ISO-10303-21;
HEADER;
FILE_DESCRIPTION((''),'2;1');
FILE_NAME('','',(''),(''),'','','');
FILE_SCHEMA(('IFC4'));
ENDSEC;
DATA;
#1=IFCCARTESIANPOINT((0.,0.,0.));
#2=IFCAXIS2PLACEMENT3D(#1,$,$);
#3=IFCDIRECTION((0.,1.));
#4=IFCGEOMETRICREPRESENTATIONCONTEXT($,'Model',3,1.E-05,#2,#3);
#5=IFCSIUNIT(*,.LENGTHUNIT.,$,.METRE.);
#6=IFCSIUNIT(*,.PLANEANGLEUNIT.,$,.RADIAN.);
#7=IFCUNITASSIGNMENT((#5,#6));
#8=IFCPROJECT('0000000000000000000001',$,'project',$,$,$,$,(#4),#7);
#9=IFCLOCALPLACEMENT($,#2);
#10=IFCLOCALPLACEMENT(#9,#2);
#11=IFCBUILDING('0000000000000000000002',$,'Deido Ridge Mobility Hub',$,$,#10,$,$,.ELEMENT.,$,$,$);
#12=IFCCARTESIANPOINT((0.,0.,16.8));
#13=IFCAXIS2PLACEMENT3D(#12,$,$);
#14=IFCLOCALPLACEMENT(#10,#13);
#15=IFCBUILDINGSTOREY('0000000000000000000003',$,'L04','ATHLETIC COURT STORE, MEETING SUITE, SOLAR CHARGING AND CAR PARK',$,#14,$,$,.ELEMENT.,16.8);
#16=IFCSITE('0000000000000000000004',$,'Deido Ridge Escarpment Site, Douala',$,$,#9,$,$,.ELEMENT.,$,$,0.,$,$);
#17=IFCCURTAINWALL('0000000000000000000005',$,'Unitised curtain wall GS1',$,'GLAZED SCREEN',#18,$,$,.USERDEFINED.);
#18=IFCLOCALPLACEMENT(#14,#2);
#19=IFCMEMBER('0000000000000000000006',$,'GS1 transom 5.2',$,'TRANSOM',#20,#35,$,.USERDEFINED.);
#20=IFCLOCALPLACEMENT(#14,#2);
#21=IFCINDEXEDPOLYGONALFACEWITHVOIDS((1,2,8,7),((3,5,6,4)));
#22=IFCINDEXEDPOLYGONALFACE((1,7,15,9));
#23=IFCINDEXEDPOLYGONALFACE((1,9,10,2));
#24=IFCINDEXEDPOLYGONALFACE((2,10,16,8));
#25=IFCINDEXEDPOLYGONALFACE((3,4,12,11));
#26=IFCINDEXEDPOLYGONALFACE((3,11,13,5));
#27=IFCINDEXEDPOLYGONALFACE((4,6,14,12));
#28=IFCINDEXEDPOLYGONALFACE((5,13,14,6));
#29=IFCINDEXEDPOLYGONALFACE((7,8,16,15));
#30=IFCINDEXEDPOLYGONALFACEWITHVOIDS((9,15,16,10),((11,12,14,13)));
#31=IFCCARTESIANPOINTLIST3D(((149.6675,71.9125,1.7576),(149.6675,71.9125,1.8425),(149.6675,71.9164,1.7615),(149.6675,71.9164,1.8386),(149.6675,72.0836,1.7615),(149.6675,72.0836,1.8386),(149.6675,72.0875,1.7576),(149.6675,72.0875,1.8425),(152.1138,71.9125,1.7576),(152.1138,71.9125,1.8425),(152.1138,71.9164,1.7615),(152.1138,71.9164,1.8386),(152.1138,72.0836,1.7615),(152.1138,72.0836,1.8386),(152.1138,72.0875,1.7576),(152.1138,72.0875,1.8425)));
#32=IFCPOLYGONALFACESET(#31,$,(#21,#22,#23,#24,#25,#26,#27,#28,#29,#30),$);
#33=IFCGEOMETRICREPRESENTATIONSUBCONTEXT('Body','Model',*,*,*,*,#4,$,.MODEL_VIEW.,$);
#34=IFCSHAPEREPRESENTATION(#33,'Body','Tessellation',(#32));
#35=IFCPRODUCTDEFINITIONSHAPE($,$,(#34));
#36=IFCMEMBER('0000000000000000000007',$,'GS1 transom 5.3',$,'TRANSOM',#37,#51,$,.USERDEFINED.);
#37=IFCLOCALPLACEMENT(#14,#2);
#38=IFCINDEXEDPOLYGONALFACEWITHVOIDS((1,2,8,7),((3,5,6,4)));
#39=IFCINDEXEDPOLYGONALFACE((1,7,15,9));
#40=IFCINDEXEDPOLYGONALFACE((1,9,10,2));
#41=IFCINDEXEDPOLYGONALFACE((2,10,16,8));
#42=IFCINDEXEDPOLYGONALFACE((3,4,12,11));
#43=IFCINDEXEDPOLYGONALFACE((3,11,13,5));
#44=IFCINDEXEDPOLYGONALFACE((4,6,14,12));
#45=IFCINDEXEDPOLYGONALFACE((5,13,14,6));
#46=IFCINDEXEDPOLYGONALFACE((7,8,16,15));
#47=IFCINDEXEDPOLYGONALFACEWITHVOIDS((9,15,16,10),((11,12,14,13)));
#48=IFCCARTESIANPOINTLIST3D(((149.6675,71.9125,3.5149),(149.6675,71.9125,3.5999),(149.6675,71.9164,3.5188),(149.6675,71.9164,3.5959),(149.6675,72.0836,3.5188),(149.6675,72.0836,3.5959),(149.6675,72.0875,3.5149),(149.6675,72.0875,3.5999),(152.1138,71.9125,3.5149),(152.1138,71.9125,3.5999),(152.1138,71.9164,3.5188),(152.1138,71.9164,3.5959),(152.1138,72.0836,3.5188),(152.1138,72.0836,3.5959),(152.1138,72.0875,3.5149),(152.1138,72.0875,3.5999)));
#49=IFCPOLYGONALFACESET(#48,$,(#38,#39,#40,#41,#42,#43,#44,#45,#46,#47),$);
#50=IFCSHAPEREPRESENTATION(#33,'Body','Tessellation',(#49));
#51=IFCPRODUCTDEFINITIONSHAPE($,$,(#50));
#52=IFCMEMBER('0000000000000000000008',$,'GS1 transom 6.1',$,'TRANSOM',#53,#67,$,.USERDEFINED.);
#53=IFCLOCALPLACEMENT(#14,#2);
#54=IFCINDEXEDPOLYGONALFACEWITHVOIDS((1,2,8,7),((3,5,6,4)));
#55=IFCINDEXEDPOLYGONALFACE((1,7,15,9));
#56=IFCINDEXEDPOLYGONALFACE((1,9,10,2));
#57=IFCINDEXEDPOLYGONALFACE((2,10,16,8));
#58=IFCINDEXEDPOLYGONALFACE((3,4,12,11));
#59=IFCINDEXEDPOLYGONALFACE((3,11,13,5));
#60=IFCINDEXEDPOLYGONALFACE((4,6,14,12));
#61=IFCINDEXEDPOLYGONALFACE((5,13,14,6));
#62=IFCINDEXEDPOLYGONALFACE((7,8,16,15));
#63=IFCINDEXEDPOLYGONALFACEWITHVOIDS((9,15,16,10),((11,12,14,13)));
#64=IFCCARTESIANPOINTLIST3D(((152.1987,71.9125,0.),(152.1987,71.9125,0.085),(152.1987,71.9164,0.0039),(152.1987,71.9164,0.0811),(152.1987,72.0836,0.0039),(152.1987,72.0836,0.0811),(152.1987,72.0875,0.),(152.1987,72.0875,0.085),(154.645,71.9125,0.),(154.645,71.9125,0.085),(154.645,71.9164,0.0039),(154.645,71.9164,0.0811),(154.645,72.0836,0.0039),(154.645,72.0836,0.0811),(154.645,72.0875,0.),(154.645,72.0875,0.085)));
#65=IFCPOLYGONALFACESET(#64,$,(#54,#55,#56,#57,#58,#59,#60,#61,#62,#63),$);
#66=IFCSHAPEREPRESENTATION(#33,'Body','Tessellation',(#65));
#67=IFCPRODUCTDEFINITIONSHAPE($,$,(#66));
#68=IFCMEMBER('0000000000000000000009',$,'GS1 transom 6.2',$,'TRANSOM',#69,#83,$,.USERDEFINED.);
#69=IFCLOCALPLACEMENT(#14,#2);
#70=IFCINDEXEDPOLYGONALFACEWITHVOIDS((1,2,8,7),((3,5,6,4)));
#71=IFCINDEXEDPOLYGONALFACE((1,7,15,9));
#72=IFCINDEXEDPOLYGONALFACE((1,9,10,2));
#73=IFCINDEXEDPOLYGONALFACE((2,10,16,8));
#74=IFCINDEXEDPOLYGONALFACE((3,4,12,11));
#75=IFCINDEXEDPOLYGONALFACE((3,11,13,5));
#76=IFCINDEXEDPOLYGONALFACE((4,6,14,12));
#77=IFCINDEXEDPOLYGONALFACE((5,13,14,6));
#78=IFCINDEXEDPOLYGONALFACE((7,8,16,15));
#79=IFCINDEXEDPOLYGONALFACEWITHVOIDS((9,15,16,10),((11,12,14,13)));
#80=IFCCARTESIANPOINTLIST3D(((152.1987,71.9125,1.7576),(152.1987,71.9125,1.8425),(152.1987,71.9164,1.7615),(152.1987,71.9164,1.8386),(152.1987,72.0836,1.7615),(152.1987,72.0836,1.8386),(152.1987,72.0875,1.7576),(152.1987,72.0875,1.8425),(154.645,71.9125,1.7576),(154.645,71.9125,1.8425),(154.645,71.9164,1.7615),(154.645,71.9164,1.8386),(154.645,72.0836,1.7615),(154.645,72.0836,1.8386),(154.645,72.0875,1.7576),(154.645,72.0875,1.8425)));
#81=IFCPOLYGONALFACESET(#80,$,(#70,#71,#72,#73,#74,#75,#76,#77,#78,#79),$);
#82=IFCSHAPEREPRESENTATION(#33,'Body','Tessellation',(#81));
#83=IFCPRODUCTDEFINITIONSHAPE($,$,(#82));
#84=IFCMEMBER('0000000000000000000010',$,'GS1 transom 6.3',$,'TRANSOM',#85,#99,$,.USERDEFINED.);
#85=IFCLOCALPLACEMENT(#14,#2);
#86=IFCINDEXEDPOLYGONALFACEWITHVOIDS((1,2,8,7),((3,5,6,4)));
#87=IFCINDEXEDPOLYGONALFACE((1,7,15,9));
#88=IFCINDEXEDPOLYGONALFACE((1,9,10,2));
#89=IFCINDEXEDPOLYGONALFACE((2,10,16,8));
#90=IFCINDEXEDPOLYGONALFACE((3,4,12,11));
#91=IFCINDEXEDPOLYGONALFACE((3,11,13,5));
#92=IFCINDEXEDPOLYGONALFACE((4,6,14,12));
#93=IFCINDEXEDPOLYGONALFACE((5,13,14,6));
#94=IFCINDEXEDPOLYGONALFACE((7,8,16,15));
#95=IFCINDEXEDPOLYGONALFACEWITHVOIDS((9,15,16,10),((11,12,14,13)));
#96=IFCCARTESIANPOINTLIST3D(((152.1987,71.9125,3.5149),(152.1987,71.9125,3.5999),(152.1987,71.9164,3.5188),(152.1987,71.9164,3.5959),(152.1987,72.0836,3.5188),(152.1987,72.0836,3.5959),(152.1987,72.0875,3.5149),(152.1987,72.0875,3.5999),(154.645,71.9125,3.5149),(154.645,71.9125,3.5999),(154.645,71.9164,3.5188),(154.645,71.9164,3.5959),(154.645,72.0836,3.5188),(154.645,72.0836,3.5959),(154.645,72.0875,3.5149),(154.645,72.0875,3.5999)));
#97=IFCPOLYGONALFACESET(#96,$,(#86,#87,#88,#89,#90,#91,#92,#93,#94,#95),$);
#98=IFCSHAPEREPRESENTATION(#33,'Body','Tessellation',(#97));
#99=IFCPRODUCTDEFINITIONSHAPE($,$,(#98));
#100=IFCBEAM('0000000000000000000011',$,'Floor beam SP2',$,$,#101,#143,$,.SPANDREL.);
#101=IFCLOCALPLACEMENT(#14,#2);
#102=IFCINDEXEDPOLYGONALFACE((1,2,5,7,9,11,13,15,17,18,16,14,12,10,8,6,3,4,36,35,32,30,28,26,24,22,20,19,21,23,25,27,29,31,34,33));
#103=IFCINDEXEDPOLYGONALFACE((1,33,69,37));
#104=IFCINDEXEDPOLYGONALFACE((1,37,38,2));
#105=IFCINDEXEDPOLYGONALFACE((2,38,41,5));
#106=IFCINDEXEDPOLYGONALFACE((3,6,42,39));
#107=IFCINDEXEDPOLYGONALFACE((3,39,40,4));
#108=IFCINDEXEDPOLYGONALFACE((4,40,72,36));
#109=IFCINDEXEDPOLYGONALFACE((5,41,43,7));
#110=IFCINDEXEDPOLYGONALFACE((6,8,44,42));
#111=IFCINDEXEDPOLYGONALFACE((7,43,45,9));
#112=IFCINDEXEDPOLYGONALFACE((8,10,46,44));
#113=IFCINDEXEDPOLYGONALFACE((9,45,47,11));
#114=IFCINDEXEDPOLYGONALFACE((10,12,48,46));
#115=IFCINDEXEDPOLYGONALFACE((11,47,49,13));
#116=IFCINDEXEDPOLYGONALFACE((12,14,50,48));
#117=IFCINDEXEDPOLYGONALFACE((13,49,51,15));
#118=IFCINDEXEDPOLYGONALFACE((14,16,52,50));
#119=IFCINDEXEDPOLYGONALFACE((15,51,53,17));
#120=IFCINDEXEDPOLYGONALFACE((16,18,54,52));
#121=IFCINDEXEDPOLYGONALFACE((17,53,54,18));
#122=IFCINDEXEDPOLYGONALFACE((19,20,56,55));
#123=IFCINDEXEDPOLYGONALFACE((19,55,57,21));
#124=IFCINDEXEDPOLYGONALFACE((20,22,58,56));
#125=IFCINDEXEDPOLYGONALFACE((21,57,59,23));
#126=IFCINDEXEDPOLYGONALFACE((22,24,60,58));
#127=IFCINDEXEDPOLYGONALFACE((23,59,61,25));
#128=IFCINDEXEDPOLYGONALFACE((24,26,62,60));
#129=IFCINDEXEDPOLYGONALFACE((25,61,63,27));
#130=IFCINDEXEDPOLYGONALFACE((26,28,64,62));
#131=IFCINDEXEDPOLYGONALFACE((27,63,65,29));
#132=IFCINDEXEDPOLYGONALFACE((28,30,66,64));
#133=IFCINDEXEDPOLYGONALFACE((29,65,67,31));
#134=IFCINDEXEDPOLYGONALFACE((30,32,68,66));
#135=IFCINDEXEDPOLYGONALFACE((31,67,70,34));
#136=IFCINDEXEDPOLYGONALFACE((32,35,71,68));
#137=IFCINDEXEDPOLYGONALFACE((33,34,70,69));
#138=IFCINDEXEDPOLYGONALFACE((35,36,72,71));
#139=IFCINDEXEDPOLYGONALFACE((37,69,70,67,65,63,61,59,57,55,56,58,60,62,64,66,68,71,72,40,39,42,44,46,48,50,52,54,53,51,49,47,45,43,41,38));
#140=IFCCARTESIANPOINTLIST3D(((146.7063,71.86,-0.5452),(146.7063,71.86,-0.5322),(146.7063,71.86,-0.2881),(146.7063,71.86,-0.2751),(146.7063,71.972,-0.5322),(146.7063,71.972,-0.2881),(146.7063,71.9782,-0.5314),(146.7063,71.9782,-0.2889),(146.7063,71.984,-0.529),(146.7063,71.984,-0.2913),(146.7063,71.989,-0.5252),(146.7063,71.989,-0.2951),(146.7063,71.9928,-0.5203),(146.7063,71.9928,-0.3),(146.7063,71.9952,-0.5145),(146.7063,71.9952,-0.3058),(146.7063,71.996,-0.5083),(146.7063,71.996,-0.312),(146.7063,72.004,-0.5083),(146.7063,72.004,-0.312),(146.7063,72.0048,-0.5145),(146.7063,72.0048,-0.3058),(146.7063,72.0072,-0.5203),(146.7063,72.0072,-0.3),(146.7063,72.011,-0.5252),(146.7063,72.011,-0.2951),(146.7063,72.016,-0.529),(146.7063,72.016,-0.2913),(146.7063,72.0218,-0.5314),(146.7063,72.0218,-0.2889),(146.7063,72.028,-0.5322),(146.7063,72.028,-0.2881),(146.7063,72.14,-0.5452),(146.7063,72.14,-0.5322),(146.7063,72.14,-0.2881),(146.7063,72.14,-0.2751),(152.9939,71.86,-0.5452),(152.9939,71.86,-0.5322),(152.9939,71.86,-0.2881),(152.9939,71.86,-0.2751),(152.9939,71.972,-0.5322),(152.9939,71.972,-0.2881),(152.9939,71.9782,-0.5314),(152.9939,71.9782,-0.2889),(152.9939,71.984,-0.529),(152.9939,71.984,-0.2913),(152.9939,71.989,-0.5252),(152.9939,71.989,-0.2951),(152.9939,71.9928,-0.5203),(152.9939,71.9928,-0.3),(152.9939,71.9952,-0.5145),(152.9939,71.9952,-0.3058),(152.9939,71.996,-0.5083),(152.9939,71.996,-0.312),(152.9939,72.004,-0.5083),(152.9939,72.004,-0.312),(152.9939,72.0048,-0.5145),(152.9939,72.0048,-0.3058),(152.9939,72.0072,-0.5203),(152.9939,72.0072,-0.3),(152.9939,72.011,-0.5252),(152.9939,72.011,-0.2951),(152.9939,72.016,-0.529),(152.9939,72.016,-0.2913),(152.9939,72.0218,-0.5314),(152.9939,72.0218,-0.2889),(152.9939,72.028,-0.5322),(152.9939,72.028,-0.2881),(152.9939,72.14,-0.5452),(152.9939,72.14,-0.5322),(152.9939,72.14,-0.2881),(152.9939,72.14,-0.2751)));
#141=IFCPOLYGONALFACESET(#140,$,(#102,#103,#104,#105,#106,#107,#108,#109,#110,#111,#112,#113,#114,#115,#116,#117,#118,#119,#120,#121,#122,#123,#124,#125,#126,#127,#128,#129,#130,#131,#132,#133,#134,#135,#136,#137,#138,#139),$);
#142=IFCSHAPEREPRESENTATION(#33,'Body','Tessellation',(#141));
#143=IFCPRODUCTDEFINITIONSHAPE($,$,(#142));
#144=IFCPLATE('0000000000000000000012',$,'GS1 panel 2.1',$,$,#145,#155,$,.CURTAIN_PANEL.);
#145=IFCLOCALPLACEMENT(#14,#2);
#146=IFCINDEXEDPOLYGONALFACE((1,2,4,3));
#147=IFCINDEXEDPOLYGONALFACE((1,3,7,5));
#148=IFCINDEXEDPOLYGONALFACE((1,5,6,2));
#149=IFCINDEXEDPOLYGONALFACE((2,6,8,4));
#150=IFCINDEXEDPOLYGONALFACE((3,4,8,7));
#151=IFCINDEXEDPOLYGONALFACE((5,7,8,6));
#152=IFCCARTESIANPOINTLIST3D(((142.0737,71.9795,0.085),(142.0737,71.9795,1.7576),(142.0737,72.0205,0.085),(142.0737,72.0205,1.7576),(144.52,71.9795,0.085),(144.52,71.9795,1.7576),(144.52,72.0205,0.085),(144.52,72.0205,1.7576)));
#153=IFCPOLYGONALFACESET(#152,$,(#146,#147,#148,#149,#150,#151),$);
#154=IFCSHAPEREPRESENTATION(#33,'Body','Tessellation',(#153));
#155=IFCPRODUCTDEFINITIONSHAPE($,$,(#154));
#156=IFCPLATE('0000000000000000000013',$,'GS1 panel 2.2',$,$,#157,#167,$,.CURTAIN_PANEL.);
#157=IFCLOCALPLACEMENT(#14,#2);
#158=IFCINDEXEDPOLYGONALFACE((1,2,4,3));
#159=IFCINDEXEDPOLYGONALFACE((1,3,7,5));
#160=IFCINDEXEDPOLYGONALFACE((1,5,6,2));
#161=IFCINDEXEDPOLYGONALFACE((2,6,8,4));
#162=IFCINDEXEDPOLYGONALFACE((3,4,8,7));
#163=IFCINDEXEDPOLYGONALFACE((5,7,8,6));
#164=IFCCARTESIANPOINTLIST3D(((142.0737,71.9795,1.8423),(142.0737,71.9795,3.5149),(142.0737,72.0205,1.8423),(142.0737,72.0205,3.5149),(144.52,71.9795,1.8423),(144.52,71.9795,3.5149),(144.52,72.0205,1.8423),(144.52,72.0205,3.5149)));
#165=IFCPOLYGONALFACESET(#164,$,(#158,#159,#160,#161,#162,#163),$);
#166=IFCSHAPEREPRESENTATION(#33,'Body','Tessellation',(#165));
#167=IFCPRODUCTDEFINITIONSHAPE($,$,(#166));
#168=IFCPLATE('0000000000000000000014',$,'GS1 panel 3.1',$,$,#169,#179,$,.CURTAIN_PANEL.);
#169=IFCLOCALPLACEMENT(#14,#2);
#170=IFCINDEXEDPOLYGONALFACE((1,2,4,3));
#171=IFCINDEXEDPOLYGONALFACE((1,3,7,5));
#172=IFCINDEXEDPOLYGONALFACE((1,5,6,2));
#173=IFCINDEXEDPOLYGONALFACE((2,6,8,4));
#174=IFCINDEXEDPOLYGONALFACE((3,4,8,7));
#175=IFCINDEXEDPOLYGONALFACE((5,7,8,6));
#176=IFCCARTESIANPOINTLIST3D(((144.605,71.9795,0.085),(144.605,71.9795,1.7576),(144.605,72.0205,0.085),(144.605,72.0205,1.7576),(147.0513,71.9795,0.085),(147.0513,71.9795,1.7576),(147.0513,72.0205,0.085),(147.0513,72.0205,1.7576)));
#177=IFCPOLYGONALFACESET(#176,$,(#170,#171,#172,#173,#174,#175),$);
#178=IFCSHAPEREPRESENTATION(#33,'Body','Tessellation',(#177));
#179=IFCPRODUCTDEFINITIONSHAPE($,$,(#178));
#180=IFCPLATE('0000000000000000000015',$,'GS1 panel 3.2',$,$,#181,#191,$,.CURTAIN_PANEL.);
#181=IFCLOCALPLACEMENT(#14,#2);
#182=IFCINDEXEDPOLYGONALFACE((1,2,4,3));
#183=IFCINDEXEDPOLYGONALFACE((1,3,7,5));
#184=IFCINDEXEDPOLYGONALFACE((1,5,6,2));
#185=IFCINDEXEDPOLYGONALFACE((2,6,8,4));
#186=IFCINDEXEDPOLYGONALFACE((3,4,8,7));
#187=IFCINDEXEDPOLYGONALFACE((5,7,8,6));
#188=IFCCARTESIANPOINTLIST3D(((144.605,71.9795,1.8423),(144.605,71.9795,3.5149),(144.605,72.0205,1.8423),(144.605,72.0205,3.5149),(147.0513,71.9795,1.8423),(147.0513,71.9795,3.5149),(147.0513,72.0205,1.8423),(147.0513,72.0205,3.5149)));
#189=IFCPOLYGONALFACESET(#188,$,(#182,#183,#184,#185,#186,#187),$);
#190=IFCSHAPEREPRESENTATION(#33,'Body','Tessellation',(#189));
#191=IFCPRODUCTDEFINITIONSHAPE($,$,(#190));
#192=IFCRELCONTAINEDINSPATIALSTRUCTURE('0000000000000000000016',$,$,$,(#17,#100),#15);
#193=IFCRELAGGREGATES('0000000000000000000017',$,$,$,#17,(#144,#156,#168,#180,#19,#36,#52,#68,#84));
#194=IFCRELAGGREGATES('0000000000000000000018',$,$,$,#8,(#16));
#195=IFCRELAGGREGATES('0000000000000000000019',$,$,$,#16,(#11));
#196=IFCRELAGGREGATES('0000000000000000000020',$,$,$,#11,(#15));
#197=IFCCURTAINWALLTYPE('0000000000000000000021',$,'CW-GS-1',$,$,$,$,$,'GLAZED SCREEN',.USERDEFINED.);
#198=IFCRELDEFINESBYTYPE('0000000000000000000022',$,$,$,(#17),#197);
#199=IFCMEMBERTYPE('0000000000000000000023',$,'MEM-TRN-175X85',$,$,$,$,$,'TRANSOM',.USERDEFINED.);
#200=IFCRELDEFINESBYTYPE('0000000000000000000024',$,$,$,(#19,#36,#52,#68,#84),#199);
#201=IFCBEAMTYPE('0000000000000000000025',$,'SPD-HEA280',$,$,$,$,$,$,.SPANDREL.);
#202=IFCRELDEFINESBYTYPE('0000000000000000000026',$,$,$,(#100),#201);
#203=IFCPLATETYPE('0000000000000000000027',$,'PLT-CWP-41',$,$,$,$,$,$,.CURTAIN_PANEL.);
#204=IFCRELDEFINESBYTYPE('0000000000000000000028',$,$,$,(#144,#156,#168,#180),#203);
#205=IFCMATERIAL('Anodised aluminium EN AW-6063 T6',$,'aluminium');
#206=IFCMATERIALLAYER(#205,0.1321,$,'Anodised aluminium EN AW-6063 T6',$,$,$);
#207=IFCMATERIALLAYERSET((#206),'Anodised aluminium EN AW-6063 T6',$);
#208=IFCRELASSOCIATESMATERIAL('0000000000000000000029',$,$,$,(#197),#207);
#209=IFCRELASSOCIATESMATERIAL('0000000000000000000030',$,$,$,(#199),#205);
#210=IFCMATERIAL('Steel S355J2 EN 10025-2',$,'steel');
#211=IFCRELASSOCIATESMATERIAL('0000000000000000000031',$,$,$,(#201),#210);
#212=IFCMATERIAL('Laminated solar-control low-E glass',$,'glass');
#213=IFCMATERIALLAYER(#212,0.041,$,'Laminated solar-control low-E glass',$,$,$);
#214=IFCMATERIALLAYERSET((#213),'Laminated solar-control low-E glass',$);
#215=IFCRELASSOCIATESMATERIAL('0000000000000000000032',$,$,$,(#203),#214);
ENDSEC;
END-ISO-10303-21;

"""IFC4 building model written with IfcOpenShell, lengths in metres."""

from ifc_helpers import new_model, si_unit, direction, frame, origin, origin_2d, place, context, subcontext, project, spatial, rectangle, hollow_rectangle, i_section, extrude, material, layer, layer_set, material_profile, profile_set, type_object, element, aggregate, save


model = new_model("IFC4")

# Units and contexts
model_context = context("Model", 3, precision=1e-05, world=origin(), true_north=direction((0.0, 1.0)))
body_context = subcontext(model_context, "Body", "Model", "MODEL_VIEW")
ifc_project = project(units=[si_unit("LENGTHUNIT", "METRE"), si_unit("PLANEANGLEUNIT", "RADIAN")], contexts=[model_context])

# Site, building, storey
site_placement = place(None, origin())
site = spatial("IfcSite", under=ifc_project, at=site_placement, Name="Deido Ridge Escarpment Site, Douala", CompositionType="ELEMENT", RefElevation=0.0)
building_placement = place(site_placement, origin())
building = spatial("IfcBuilding", under=site, at=building_placement, Name="Deido Ridge Mobility Hub", CompositionType="ELEMENT")
storey_placement = place(building_placement, frame((0.0, 0.0, 16.8)))
storey = spatial("IfcBuildingStorey", under=building, at=storey_placement, Name="L04", Description="ATHLETIC COURT STORE, MEETING SUITE, SOLAR CHARGING AND CAR PARK", CompositionType="ELEMENT", Elevation=16.8)

# Curtain wall, members
ifc_material_1 = material(Name="Anodised aluminium EN AW-6063 T6", Category="aluminium")
ifc_layer_1 = layer(ifc_material_1, 0.1321, Name="Anodised aluminium EN AW-6063 T6")
ifc_layer_set_1 = layer_set([ifc_layer_1], Name="Anodised aluminium EN AW-6063 T6")
curtain_wall_type = type_object("IfcCurtainWallType", Name="CW-GS-1", ElementType="GLAZED SCREEN", PredefinedType="USERDEFINED", material=ifc_layer_set_1)
curtain_wall_placement = place(storey_placement, origin())
curtain_wall = element("IfcCurtainWall", 1, at=curtain_wall_placement, inside=storey, type_object=curtain_wall_type, Name="Unitised curtain wall GS1", ObjectType="GLAZED SCREEN", PredefinedType="USERDEFINED")
ifc_material_profile_1 = material_profile(ifc_material_1, hollow_rectangle(XDim=0.175, YDim=0.085, WallThickness=0.0039, at=origin_2d()), Name="RHS 175x85x4")
ifc_profile_set_1 = profile_set([ifc_material_profile_1], Name="Anodised aluminium EN AW-6063 T6")
member_type_1 = type_object("IfcMemberType", Name="MEM-TRN-175X85", ElementType="TRANSOM", PredefinedType="USERDEFINED", material=ifc_profile_set_1)
member_1_placement = place(storey_placement, frame((149.6675, 72.0, 1.8), z_axis=(1.0, 0.0, 0.0), x_axis=(0.0, 1.0, 0.0)))
member_1 = element("IfcMember", 2, at=member_1_placement, type_object=member_type_1, Name="GS1 transom 5.2", ObjectType="TRANSOM", PredefinedType="USERDEFINED", context=body_context, shape_type="SweptSolid", body=[
    extrude(hollow_rectangle(XDim=0.175, YDim=0.085, WallThickness=0.0039, at=origin_2d()), origin(), (0.0, 0.0, 1.0), 2.4463),
])
member_2_placement = place(storey_placement, frame((149.6675, 72.0, 3.5574), z_axis=(1.0, 0.0, 0.0), x_axis=(0.0, 1.0, 0.0)))
member_2 = element("IfcMember", 3, at=member_2_placement, type_object=member_type_1, Name="GS1 transom 5.3", ObjectType="TRANSOM", PredefinedType="USERDEFINED", context=body_context, shape_type="SweptSolid", body=[
    extrude(hollow_rectangle(XDim=0.175, YDim=0.085, WallThickness=0.0039, at=origin_2d()), origin(), (0.0, 0.0, 1.0), 2.4463),
])
member_3_placement = place(storey_placement, frame((152.1987, 72.0, 0.0425), z_axis=(1.0, 0.0, 0.0), x_axis=(0.0, 1.0, 0.0)))
member_3 = element("IfcMember", 4, at=member_3_placement, type_object=member_type_1, Name="GS1 transom 6.1", ObjectType="TRANSOM", PredefinedType="USERDEFINED", context=body_context, shape_type="SweptSolid", body=[
    extrude(hollow_rectangle(XDim=0.175, YDim=0.085, WallThickness=0.0039, at=origin_2d()), origin(), (0.0, 0.0, 1.0), 2.4463),
])
member_4_placement = place(storey_placement, frame((152.1987, 72.0, 1.8), z_axis=(1.0, 0.0, 0.0), x_axis=(0.0, 1.0, 0.0)))
member_4 = element("IfcMember", 5, at=member_4_placement, type_object=member_type_1, Name="GS1 transom 6.2", ObjectType="TRANSOM", PredefinedType="USERDEFINED", context=body_context, shape_type="SweptSolid", body=[
    extrude(hollow_rectangle(XDim=0.175, YDim=0.085, WallThickness=0.0039, at=origin_2d()), origin(), (0.0, 0.0, 1.0), 2.4463),
])
member_5_placement = place(storey_placement, frame((152.1987, 72.0, 3.5574), z_axis=(1.0, 0.0, 0.0), x_axis=(0.0, 1.0, 0.0)))
member_5 = element("IfcMember", 6, at=member_5_placement, type_object=member_type_1, Name="GS1 transom 6.3", ObjectType="TRANSOM", PredefinedType="USERDEFINED", context=body_context, shape_type="SweptSolid", body=[
    extrude(hollow_rectangle(XDim=0.175, YDim=0.085, WallThickness=0.0039, at=origin_2d()), origin(), (0.0, 0.0, 1.0), 2.4463),
])

# Beam
ifc_material_2 = material(Name="Steel S355J2 EN 10025-2", Category="steel")
ifc_material_profile_2 = material_profile(ifc_material_2, i_section(OverallWidth=0.28, OverallDepth=0.27, WebThickness=0.0081, FlangeThickness=0.0129, FilletRadius=0.0239, at=origin_2d()), Name="HEA 280")
ifc_profile_set_2 = profile_set([ifc_material_profile_2], Name="Steel S355J2 EN 10025-2")
beam_type = type_object("IfcBeamType", Name="SPD-HEA280", PredefinedType="SPANDREL", material=ifc_profile_set_2)
beam_placement = place(storey_placement, frame((146.7063, 72.0, -0.4102), z_axis=(1.0, 0.0, 0.0), x_axis=(0.0, 1.0, 0.0)))
element("IfcBeam", 7, at=beam_placement, inside=storey, type_object=beam_type, Name="Floor beam SP2", PredefinedType="SPANDREL", context=body_context, shape_type="SweptSolid", body=[
    extrude(i_section(OverallWidth=0.28, OverallDepth=0.27, WebThickness=0.0081, FlangeThickness=0.0129, FilletRadius=0.0239, at=origin_2d()), origin(), (0.0, 0.0, 1.0), 6.2876),
])

# Plates
ifc_material_3 = material(Name="Laminated solar-control low-E glass", Category="glass")
ifc_layer_2 = layer(ifc_material_3, 0.041, Name="Laminated solar-control low-E glass")
ifc_layer_set_2 = layer_set([ifc_layer_2], Name="Laminated solar-control low-E glass")
plate_type = type_object("IfcPlateType", Name="PLT-CWP-41", PredefinedType="CURTAIN_PANEL", material=ifc_layer_set_2)
plate_1_placement = place(storey_placement, frame((143.2969, 72.0, 0.085), z_axis=(0.0, 0.0, 1.0), x_axis=(1.0, 0.0, 0.0)))
plate_1 = element("IfcPlate", 8, at=plate_1_placement, type_object=plate_type, Name="GS1 panel 2.1", PredefinedType="CURTAIN_PANEL", context=body_context, shape_type="SweptSolid", body=[
    extrude(rectangle(XDim=2.4463, YDim=0.041, at=origin_2d()), origin(), (0.0, 0.0, 1.0), 1.6726),
])
plate_2_placement = place(storey_placement, frame((143.2969, 72.0, 1.8423), z_axis=(0.0, 0.0, 1.0), x_axis=(1.0, 0.0, 0.0)))
plate_2 = element("IfcPlate", 9, at=plate_2_placement, type_object=plate_type, Name="GS1 panel 2.2", PredefinedType="CURTAIN_PANEL", context=body_context, shape_type="SweptSolid", body=[
    extrude(rectangle(XDim=2.4463, YDim=0.041, at=origin_2d()), origin(), (0.0, 0.0, 1.0), 1.6726),
])
plate_3_placement = place(storey_placement, frame((145.8281, 72.0, 0.085), z_axis=(0.0, 0.0, 1.0), x_axis=(1.0, 0.0, 0.0)))
plate_3 = element("IfcPlate", 10, at=plate_3_placement, type_object=plate_type, Name="GS1 panel 3.1", PredefinedType="CURTAIN_PANEL", context=body_context, shape_type="SweptSolid", body=[
    extrude(rectangle(XDim=2.4463, YDim=0.041, at=origin_2d()), origin(), (0.0, 0.0, 1.0), 1.6726),
])
plate_4_placement = place(storey_placement, frame((145.8281, 72.0, 1.8423), z_axis=(0.0, 0.0, 1.0), x_axis=(1.0, 0.0, 0.0)))
plate_4 = element("IfcPlate", 11, at=plate_4_placement, type_object=plate_type, Name="GS1 panel 3.2", PredefinedType="CURTAIN_PANEL", context=body_context, shape_type="SweptSolid", body=[
    extrude(rectangle(XDim=2.4463, YDim=0.041, at=origin_2d()), origin(), (0.0, 0.0, 1.0), 1.6726),
])
aggregate(curtain_wall, [plate_1, plate_2, plate_3, plate_4, member_1, member_2, member_3, member_4, member_5])

save(model, "model.ifc")
